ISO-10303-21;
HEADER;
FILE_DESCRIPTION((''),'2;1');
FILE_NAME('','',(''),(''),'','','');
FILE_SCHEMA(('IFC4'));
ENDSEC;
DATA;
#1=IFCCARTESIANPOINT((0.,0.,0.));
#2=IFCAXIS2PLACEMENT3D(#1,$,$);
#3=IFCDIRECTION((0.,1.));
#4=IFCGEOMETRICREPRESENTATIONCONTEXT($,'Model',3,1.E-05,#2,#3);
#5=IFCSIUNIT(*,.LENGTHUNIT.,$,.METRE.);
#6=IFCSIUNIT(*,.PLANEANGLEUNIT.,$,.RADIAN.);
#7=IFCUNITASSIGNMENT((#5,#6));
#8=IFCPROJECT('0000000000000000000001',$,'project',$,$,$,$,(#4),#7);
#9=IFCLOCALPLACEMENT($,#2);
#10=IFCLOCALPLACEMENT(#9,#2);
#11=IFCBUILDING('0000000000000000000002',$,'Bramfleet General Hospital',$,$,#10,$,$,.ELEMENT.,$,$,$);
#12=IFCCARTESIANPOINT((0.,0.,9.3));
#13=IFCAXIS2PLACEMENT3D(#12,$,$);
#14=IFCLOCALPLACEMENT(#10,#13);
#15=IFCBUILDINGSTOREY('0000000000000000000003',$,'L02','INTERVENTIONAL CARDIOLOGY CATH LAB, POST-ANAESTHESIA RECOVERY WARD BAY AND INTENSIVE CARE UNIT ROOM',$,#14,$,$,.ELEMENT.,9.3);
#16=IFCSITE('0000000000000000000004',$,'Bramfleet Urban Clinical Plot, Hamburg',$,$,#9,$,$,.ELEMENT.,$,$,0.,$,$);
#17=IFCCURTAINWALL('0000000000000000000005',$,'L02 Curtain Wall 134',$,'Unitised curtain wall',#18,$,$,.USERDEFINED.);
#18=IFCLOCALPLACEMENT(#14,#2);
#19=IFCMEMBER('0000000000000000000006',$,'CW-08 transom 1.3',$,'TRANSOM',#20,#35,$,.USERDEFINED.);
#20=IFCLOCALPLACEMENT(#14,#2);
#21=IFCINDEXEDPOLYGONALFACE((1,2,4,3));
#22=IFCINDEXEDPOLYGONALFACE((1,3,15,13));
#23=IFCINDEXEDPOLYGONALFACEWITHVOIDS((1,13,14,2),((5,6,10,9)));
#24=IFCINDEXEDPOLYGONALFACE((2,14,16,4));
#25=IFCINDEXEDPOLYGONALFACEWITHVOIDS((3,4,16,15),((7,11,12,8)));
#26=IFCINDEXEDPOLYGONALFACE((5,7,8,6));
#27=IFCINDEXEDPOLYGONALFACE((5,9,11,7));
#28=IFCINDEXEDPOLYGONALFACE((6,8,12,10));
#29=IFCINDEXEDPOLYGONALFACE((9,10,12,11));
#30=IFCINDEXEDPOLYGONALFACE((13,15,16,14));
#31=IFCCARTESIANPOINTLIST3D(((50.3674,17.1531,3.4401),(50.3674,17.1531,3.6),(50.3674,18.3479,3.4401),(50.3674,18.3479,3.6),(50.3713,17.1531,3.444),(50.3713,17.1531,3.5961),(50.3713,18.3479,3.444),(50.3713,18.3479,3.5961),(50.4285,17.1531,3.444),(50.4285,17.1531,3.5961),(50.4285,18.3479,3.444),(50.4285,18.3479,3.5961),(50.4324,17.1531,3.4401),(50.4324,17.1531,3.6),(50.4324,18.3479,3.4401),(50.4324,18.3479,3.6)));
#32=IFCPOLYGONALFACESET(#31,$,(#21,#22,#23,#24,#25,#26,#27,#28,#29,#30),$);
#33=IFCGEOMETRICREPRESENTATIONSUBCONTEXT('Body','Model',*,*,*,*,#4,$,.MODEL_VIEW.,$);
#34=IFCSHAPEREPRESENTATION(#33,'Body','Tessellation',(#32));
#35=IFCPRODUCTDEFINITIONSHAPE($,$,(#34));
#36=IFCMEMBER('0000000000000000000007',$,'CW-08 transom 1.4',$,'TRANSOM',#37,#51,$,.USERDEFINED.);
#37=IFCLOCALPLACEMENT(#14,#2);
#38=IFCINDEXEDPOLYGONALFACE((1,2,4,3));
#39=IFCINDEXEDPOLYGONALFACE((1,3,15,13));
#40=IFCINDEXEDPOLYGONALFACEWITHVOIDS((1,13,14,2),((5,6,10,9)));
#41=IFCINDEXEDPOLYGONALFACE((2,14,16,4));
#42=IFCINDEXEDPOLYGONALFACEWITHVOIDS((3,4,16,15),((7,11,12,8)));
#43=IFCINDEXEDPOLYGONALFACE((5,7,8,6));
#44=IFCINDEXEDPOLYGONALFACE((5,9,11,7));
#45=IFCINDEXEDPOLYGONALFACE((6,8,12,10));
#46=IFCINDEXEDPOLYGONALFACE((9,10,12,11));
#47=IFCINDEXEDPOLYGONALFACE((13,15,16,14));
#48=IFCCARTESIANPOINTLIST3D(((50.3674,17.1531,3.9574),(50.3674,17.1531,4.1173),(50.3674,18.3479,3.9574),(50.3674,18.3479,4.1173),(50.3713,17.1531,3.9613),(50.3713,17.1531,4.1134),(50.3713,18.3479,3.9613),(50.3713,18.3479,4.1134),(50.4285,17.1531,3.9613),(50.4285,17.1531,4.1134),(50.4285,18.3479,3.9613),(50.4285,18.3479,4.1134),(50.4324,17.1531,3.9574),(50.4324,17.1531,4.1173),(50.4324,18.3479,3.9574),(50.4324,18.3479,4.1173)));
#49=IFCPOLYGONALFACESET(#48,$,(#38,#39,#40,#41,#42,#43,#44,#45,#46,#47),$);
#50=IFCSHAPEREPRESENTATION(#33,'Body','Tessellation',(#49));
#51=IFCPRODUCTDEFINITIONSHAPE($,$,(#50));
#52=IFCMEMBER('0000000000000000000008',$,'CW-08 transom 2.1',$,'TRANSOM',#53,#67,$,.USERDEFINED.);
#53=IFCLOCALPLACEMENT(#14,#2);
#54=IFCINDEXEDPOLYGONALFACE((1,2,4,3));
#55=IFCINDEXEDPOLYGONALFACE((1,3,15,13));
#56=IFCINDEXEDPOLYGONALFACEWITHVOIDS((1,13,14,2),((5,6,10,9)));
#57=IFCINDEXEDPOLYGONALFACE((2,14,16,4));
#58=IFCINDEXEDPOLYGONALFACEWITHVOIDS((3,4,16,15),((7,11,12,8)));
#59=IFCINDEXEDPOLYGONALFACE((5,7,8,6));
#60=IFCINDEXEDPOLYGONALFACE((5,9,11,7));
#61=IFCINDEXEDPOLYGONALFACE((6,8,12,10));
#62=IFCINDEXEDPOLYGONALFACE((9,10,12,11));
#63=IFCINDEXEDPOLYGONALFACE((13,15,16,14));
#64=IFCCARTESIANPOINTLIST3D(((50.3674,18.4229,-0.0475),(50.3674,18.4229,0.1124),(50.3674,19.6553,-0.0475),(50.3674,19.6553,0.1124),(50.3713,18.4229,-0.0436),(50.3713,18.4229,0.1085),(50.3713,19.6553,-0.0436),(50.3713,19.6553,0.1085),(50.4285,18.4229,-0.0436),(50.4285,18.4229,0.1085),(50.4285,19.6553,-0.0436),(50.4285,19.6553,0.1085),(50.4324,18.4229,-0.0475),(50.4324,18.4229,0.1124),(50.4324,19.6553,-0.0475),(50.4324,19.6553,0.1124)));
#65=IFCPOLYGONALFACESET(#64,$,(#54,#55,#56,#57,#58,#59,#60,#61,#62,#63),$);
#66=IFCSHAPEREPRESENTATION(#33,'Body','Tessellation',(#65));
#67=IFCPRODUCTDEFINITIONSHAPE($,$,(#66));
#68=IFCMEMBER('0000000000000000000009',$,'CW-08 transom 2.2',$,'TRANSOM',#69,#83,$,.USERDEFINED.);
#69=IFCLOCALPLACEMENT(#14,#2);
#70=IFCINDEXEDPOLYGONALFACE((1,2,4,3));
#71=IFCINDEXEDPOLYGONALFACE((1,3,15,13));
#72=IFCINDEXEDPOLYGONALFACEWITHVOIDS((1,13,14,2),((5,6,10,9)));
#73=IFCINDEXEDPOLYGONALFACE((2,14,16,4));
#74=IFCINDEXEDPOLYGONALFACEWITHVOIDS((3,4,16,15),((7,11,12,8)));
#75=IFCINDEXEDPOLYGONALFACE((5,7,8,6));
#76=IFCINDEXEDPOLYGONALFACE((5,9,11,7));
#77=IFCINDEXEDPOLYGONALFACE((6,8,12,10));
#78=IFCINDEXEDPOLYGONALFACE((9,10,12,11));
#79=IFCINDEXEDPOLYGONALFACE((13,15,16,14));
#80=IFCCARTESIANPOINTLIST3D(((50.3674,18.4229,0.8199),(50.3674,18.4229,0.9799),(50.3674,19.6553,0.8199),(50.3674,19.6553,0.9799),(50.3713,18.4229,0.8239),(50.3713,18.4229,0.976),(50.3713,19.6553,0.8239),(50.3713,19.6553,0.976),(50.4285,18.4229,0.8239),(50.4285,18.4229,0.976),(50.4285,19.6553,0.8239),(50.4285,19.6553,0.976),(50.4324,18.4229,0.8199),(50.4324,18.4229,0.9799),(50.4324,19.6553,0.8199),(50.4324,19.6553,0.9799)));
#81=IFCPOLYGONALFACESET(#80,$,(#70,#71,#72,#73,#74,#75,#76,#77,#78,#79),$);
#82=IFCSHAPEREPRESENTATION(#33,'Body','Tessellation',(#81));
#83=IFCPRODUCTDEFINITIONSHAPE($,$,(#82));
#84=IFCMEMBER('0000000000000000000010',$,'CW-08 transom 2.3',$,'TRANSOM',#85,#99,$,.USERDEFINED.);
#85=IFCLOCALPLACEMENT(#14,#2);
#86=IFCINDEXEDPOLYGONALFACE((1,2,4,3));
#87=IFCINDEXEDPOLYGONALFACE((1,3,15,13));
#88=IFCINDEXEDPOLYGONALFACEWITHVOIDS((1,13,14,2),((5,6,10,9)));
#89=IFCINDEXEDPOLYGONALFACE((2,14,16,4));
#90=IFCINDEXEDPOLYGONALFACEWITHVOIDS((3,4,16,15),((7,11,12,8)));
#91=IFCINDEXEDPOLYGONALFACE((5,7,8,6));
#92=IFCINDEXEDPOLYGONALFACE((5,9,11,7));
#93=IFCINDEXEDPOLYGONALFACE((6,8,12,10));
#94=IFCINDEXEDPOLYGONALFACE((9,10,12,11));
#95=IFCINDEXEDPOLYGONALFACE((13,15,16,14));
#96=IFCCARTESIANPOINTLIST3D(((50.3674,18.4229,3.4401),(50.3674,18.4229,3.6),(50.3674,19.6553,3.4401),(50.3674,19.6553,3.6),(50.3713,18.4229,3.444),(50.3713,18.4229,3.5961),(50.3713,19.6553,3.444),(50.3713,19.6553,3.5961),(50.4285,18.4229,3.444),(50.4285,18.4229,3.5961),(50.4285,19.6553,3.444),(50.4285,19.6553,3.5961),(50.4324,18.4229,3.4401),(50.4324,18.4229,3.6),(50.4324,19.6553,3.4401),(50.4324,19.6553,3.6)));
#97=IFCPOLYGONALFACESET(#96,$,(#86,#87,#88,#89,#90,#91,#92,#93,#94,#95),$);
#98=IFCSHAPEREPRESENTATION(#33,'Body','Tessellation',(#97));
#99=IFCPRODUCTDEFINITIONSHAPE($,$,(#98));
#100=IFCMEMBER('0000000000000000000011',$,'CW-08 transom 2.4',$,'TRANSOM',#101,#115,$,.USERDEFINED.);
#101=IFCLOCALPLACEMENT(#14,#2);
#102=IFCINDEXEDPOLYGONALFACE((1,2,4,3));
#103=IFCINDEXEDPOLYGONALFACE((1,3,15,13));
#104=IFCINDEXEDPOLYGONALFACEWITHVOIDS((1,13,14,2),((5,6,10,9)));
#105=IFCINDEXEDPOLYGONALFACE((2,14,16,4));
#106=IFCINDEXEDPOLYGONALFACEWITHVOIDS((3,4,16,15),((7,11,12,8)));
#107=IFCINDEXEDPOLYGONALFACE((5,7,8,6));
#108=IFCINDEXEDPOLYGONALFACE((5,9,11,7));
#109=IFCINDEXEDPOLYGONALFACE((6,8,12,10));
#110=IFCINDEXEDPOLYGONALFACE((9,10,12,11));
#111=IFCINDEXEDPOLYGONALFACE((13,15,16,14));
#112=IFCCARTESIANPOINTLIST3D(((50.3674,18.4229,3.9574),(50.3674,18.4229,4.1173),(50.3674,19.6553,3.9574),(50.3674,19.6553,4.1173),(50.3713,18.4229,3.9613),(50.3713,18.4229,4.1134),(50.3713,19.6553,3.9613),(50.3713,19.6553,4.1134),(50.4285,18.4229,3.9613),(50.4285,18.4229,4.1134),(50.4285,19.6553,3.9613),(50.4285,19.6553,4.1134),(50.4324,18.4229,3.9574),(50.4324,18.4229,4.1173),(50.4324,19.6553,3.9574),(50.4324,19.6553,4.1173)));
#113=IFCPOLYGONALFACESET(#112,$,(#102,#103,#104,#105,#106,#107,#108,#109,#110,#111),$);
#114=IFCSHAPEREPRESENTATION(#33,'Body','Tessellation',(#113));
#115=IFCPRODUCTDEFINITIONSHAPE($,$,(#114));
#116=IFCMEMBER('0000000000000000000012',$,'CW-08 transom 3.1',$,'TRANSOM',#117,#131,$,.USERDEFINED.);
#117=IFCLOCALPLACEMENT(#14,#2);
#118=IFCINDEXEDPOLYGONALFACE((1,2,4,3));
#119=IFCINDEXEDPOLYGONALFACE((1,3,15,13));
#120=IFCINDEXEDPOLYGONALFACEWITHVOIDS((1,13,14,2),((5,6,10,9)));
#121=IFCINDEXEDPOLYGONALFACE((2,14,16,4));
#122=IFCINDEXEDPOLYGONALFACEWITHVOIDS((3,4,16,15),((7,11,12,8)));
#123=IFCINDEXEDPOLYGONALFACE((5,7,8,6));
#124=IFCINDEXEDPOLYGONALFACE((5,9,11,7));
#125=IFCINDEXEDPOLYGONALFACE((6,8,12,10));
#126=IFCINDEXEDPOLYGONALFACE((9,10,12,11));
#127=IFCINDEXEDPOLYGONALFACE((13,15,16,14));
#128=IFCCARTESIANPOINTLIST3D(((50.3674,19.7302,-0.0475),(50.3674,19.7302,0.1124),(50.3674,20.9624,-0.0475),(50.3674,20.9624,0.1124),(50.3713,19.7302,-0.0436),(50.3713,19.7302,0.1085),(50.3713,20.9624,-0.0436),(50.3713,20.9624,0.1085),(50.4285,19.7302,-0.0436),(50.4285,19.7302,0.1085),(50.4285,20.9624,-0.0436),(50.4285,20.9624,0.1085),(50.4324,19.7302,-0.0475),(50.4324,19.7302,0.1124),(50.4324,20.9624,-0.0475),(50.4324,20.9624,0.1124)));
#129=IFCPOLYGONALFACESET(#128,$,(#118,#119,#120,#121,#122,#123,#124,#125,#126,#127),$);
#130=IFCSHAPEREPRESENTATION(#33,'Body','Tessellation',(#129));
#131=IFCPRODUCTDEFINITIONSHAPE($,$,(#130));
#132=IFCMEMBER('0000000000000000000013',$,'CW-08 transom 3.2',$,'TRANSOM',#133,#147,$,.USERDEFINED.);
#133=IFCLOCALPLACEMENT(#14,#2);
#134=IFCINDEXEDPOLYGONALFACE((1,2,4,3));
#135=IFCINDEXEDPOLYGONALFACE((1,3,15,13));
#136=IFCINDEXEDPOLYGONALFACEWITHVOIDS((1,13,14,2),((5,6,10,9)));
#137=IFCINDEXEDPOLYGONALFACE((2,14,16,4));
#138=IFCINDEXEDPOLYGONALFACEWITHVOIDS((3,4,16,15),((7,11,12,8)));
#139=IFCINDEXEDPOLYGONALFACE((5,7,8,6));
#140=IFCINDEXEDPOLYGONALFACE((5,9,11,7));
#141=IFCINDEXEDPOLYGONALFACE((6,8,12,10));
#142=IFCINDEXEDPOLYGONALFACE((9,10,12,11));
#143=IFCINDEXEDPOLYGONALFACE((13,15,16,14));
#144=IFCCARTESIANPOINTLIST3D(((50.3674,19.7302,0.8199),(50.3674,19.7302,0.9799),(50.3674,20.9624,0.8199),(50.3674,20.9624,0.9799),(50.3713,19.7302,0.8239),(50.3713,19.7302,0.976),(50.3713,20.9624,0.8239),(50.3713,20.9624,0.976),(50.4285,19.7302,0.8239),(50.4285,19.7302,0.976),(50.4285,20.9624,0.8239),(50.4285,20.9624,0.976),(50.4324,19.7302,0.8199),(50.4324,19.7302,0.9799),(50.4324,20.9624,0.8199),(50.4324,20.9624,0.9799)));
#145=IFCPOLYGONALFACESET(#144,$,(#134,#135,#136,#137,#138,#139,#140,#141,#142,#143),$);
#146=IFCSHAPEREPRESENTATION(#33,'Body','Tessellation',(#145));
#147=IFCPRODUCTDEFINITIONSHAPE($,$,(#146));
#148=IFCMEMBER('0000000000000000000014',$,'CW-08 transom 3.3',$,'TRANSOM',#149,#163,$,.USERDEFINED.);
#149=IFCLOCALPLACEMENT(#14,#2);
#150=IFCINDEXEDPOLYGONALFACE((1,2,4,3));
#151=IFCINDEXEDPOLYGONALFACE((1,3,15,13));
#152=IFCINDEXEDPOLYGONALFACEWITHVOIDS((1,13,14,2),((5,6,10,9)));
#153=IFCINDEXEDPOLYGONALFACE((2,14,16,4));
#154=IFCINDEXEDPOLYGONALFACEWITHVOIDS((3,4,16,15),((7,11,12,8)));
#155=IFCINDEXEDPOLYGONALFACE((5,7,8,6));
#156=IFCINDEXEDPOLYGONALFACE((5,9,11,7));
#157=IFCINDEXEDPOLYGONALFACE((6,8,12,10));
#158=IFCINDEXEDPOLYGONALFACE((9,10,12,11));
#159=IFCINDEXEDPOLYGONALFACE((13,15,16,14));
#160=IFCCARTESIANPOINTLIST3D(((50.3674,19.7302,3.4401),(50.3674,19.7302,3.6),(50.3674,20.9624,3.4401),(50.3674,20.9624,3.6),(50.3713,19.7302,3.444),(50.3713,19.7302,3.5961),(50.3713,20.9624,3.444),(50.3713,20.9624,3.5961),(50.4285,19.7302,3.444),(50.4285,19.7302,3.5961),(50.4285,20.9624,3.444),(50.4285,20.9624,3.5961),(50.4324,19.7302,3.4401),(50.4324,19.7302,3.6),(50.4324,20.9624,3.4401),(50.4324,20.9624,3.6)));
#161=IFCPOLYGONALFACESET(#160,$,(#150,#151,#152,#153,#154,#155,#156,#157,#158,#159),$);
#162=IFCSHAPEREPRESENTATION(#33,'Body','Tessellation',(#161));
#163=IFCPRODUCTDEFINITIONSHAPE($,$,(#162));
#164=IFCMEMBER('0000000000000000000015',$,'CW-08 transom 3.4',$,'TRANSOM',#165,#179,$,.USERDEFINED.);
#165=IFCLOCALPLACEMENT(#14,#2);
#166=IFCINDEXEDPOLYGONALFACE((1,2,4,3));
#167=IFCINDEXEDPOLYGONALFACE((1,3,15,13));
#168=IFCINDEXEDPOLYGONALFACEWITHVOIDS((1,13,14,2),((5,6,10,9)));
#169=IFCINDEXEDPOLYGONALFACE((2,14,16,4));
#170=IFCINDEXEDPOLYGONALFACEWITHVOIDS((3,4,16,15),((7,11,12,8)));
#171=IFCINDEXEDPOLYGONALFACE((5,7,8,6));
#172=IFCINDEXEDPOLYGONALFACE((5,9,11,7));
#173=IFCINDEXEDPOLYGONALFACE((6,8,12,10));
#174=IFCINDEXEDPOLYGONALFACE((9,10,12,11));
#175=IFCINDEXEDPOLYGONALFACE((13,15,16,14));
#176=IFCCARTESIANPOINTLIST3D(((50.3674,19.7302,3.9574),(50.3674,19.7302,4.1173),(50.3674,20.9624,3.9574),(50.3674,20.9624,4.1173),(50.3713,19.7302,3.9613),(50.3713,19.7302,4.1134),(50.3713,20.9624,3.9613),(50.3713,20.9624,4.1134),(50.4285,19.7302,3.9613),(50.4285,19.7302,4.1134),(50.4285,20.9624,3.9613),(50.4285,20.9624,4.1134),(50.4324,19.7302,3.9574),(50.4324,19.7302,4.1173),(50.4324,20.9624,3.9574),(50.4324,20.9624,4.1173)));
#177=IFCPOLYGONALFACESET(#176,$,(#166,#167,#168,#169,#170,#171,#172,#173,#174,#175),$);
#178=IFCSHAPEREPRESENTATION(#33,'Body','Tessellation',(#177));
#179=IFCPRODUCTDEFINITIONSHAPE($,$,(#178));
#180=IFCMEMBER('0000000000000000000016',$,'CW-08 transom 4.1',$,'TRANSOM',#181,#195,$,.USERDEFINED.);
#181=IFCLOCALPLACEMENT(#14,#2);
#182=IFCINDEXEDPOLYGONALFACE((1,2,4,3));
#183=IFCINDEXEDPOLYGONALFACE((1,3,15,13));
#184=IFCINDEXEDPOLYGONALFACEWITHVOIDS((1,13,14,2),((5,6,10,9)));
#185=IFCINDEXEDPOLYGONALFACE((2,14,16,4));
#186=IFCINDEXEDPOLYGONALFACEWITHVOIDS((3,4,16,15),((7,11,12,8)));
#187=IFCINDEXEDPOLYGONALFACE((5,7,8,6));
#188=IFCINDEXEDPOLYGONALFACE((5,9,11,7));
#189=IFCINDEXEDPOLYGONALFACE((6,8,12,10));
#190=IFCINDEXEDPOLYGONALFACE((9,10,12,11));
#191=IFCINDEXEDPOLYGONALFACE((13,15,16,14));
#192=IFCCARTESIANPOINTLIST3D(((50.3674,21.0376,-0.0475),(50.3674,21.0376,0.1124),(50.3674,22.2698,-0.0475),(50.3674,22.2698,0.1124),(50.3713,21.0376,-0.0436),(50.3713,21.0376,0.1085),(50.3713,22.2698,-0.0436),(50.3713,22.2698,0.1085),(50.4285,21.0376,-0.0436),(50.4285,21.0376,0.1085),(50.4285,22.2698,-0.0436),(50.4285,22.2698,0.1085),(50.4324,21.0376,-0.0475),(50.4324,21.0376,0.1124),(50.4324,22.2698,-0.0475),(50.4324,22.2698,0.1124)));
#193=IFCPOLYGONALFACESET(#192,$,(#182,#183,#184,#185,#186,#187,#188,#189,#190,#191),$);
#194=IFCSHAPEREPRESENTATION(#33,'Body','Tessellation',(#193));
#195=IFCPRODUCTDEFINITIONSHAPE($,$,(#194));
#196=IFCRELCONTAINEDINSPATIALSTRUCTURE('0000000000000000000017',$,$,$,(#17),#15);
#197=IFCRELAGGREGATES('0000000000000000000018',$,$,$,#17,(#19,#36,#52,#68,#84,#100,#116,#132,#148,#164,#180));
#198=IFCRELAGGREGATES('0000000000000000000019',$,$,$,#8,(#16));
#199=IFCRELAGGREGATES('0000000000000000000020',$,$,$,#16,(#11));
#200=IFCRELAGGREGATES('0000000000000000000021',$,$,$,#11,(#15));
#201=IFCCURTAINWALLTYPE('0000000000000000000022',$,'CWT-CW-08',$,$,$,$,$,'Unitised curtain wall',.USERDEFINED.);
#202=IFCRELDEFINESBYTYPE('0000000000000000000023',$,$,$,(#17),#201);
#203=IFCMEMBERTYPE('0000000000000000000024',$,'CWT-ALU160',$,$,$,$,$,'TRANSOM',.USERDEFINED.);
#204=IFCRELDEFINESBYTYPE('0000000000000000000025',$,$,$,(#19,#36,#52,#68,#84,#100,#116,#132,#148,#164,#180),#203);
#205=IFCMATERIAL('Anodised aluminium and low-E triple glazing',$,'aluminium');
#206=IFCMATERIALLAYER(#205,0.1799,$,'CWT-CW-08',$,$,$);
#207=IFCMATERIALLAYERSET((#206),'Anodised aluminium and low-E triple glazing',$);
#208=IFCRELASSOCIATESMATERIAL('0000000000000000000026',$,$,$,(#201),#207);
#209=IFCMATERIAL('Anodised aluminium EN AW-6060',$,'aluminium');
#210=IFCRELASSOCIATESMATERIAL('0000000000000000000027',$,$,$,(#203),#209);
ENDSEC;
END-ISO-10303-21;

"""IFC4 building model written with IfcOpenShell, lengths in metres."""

from ifc_helpers import new_model, si_unit, direction, frame, origin, origin_2d, place, context, subcontext, project, spatial, hollow_rectangle, extrude, material, layer, layer_set, material_profile, profile_set, type_object, element, aggregate, save


model = new_model("IFC4")

# Units and contexts
model_context = context("Model", 3, precision=1e-05, world=origin(), true_north=direction((0.0, 1.0)))
body_context = subcontext(model_context, "Body", "Model", "MODEL_VIEW")
ifc_project = project(units=[si_unit("LENGTHUNIT", "METRE"), si_unit("PLANEANGLEUNIT", "RADIAN")], contexts=[model_context])

# Site, building, storey
site_placement = place(None, origin())
site = spatial("IfcSite", under=ifc_project, at=site_placement, Name="Bramfleet Urban Clinical Plot, Hamburg", CompositionType="ELEMENT", RefElevation=0.0)
building_placement = place(site_placement, origin())
building = spatial("IfcBuilding", under=site, at=building_placement, Name="Bramfleet General Hospital", CompositionType="ELEMENT")
storey_placement = place(building_placement, frame((0.0, 0.0, 9.3)))
storey = spatial("IfcBuildingStorey", under=building, at=storey_placement, Name="L02", Description="INTERVENTIONAL CARDIOLOGY CATH LAB, POST-ANAESTHESIA RECOVERY WARD BAY AND INTENSIVE CARE UNIT ROOM", CompositionType="ELEMENT", Elevation=9.3)

# Curtain wall, members
ifc_material_1 = material(Name="Anodised aluminium and low-E triple glazing", Category="aluminium")
ifc_layer_1 = layer(ifc_material_1, 0.1799, Name="CWT-CW-08")
ifc_layer_set_1 = layer_set([ifc_layer_1], Name="Anodised aluminium and low-E triple glazing")
curtain_wall_type = type_object("IfcCurtainWallType", Name="CWT-CW-08", ElementType="Unitised curtain wall", PredefinedType="USERDEFINED", material=ifc_layer_set_1)
curtain_wall_placement = place(storey_placement, origin())
curtain_wall = element("IfcCurtainWall", 1, at=curtain_wall_placement, inside=storey, type_object=curtain_wall_type, Name="L02 Curtain Wall 134", ObjectType="Unitised curtain wall", PredefinedType="USERDEFINED")
ifc_material_2 = material(Name="Anodised aluminium EN AW-6060", Category="aluminium")
ifc_material_profile_1 = material_profile(ifc_material_2, hollow_rectangle(XDim=0.0649, YDim=0.1599, WallThickness=0.0039, at=origin_2d()), Name="ALU 160x65x4.0")
ifc_profile_set_1 = profile_set([ifc_material_profile_1], Name="Anodised aluminium EN AW-6060")
member_type_1 = type_object("IfcMemberType", Name="CWT-ALU160", ElementType="TRANSOM", PredefinedType="USERDEFINED", material=ifc_profile_set_1)
member_1_placement = place(storey_placement, frame((50.3999, 17.1531, 3.52), z_axis=(0.0, 1.0, 0.0), x_axis=(-1.0, 0.0, 0.0)))
member_1 = element("IfcMember", 2, at=member_1_placement, type_object=member_type_1, Name="CW-08 transom 1.3", ObjectType="TRANSOM", PredefinedType="USERDEFINED", context=body_context, shape_type="SweptSolid", body=[
    extrude(hollow_rectangle(XDim=0.0649, YDim=0.1599, WallThickness=0.0039, at=origin_2d()), origin(), (0.0, 0.0, 1.0), 1.1948),
])
member_2_placement = place(storey_placement, frame((50.3999, 17.1531, 4.0374), z_axis=(0.0, 1.0, 0.0), x_axis=(-1.0, 0.0, 0.0)))
member_2 = element("IfcMember", 3, at=member_2_placement, type_object=member_type_1, Name="CW-08 transom 1.4", ObjectType="TRANSOM", PredefinedType="USERDEFINED", context=body_context, shape_type="SweptSolid", body=[
    extrude(hollow_rectangle(XDim=0.0649, YDim=0.1599, WallThickness=0.0039, at=origin_2d()), origin(), (0.0, 0.0, 1.0), 1.1948),
])
member_3_placement = place(storey_placement, frame((50.3999, 18.4229, 0.0325), z_axis=(0.0, 1.0, 0.0), x_axis=(-1.0, 0.0, 0.0)))
member_3 = element("IfcMember", 4, at=member_3_placement, type_object=member_type_1, Name="CW-08 transom 2.1", ObjectType="TRANSOM", PredefinedType="USERDEFINED", context=body_context, shape_type="SweptSolid", body=[
    extrude(hollow_rectangle(XDim=0.0649, YDim=0.1599, WallThickness=0.0039, at=origin_2d()), origin(), (0.0, 0.0, 1.0), 1.2324),
])
member_4_placement = place(storey_placement, frame((50.3999, 18.4229, 0.8999), z_axis=(0.0, 1.0, 0.0), x_axis=(-1.0, 0.0, 0.0)))
member_4 = element("IfcMember", 5, at=member_4_placement, type_object=member_type_1, Name="CW-08 transom 2.2", ObjectType="TRANSOM", PredefinedType="USERDEFINED", context=body_context, shape_type="SweptSolid", body=[
    extrude(hollow_rectangle(XDim=0.0649, YDim=0.1599, WallThickness=0.0039, at=origin_2d()), origin(), (0.0, 0.0, 1.0), 1.2324),
])
member_5_placement = place(storey_placement, frame((50.3999, 18.4229, 3.52), z_axis=(0.0, 1.0, 0.0), x_axis=(-1.0, 0.0, 0.0)))
member_5 = element("IfcMember", 6, at=member_5_placement, type_object=member_type_1, Name="CW-08 transom 2.3", ObjectType="TRANSOM", PredefinedType="USERDEFINED", context=body_context, shape_type="SweptSolid", body=[
    extrude(hollow_rectangle(XDim=0.0649, YDim=0.1599, WallThickness=0.0039, at=origin_2d()), origin(), (0.0, 0.0, 1.0), 1.2324),
])
member_6_placement = place(storey_placement, frame((50.3999, 18.4229, 4.0374), z_axis=(0.0, 1.0, 0.0), x_axis=(-1.0, 0.0, 0.0)))
member_6 = element("IfcMember", 7, at=member_6_placement, type_object=member_type_1, Name="CW-08 transom 2.4", ObjectType="TRANSOM", PredefinedType="USERDEFINED", context=body_context, shape_type="SweptSolid", body=[
    extrude(hollow_rectangle(XDim=0.0649, YDim=0.1599, WallThickness=0.0039, at=origin_2d()), origin(), (0.0, 0.0, 1.0), 1.2324),
])
member_7_placement = place(storey_placement, frame((50.3999, 19.7302, 0.0325), z_axis=(0.0, 1.0, 0.0), x_axis=(-1.0, 0.0, 0.0)))
member_7 = element("IfcMember", 8, at=member_7_placement, type_object=member_type_1, Name="CW-08 transom 3.1", ObjectType="TRANSOM", PredefinedType="USERDEFINED", context=body_context, shape_type="SweptSolid", body=[
    extrude(hollow_rectangle(XDim=0.0649, YDim=0.1599, WallThickness=0.0039, at=origin_2d()), origin(), (0.0, 0.0, 1.0), 1.2322),
])
member_8_placement = place(storey_placement, frame((50.3999, 19.7302, 0.8999), z_axis=(0.0, 1.0, 0.0), x_axis=(-1.0, 0.0, 0.0)))
member_8 = element("IfcMember", 9, at=member_8_placement, type_object=member_type_1, Name="CW-08 transom 3.2", ObjectType="TRANSOM", PredefinedType="USERDEFINED", context=body_context, shape_type="SweptSolid", body=[
    extrude(hollow_rectangle(XDim=0.0649, YDim=0.1599, WallThickness=0.0039, at=origin_2d()), origin(), (0.0, 0.0, 1.0), 1.2322),
])
member_9_placement = place(storey_placement, frame((50.3999, 19.7302, 3.52), z_axis=(0.0, 1.0, 0.0), x_axis=(-1.0, 0.0, 0.0)))
member_9 = element("IfcMember", 10, at=member_9_placement, type_object=member_type_1, Name="CW-08 transom 3.3", ObjectType="TRANSOM", PredefinedType="USERDEFINED", context=body_context, shape_type="SweptSolid", body=[
    extrude(hollow_rectangle(XDim=0.0649, YDim=0.1599, WallThickness=0.0039, at=origin_2d()), origin(), (0.0, 0.0, 1.0), 1.2322),
])
member_10_placement = place(storey_placement, frame((50.3999, 19.7302, 4.0374), z_axis=(0.0, 1.0, 0.0), x_axis=(-1.0, 0.0, 0.0)))
member_10 = element("IfcMember", 11, at=member_10_placement, type_object=member_type_1, Name="CW-08 transom 3.4", ObjectType="TRANSOM", PredefinedType="USERDEFINED", context=body_context, shape_type="SweptSolid", body=[
    extrude(hollow_rectangle(XDim=0.0649, YDim=0.1599, WallThickness=0.0039, at=origin_2d()), origin(), (0.0, 0.0, 1.0), 1.2322),
])
member_11_placement = place(storey_placement, frame((50.3999, 21.0376, 0.0325), z_axis=(0.0, 1.0, 0.0), x_axis=(-1.0, 0.0, 0.0)))
member_11 = element("IfcMember", 12, at=member_11_placement, type_object=member_type_1, Name="CW-08 transom 4.1", ObjectType="TRANSOM", PredefinedType="USERDEFINED", context=body_context, shape_type="SweptSolid", body=[
    extrude(hollow_rectangle(XDim=0.0649, YDim=0.1599, WallThickness=0.0039, at=origin_2d()), origin(), (0.0, 0.0, 1.0), 1.2322),
])

aggregate(curtain_wall, [member_1, member_2, member_3, member_4, member_5, member_6, member_7, member_8, member_9, member_10, member_11])

save(model, "model.ifc")
